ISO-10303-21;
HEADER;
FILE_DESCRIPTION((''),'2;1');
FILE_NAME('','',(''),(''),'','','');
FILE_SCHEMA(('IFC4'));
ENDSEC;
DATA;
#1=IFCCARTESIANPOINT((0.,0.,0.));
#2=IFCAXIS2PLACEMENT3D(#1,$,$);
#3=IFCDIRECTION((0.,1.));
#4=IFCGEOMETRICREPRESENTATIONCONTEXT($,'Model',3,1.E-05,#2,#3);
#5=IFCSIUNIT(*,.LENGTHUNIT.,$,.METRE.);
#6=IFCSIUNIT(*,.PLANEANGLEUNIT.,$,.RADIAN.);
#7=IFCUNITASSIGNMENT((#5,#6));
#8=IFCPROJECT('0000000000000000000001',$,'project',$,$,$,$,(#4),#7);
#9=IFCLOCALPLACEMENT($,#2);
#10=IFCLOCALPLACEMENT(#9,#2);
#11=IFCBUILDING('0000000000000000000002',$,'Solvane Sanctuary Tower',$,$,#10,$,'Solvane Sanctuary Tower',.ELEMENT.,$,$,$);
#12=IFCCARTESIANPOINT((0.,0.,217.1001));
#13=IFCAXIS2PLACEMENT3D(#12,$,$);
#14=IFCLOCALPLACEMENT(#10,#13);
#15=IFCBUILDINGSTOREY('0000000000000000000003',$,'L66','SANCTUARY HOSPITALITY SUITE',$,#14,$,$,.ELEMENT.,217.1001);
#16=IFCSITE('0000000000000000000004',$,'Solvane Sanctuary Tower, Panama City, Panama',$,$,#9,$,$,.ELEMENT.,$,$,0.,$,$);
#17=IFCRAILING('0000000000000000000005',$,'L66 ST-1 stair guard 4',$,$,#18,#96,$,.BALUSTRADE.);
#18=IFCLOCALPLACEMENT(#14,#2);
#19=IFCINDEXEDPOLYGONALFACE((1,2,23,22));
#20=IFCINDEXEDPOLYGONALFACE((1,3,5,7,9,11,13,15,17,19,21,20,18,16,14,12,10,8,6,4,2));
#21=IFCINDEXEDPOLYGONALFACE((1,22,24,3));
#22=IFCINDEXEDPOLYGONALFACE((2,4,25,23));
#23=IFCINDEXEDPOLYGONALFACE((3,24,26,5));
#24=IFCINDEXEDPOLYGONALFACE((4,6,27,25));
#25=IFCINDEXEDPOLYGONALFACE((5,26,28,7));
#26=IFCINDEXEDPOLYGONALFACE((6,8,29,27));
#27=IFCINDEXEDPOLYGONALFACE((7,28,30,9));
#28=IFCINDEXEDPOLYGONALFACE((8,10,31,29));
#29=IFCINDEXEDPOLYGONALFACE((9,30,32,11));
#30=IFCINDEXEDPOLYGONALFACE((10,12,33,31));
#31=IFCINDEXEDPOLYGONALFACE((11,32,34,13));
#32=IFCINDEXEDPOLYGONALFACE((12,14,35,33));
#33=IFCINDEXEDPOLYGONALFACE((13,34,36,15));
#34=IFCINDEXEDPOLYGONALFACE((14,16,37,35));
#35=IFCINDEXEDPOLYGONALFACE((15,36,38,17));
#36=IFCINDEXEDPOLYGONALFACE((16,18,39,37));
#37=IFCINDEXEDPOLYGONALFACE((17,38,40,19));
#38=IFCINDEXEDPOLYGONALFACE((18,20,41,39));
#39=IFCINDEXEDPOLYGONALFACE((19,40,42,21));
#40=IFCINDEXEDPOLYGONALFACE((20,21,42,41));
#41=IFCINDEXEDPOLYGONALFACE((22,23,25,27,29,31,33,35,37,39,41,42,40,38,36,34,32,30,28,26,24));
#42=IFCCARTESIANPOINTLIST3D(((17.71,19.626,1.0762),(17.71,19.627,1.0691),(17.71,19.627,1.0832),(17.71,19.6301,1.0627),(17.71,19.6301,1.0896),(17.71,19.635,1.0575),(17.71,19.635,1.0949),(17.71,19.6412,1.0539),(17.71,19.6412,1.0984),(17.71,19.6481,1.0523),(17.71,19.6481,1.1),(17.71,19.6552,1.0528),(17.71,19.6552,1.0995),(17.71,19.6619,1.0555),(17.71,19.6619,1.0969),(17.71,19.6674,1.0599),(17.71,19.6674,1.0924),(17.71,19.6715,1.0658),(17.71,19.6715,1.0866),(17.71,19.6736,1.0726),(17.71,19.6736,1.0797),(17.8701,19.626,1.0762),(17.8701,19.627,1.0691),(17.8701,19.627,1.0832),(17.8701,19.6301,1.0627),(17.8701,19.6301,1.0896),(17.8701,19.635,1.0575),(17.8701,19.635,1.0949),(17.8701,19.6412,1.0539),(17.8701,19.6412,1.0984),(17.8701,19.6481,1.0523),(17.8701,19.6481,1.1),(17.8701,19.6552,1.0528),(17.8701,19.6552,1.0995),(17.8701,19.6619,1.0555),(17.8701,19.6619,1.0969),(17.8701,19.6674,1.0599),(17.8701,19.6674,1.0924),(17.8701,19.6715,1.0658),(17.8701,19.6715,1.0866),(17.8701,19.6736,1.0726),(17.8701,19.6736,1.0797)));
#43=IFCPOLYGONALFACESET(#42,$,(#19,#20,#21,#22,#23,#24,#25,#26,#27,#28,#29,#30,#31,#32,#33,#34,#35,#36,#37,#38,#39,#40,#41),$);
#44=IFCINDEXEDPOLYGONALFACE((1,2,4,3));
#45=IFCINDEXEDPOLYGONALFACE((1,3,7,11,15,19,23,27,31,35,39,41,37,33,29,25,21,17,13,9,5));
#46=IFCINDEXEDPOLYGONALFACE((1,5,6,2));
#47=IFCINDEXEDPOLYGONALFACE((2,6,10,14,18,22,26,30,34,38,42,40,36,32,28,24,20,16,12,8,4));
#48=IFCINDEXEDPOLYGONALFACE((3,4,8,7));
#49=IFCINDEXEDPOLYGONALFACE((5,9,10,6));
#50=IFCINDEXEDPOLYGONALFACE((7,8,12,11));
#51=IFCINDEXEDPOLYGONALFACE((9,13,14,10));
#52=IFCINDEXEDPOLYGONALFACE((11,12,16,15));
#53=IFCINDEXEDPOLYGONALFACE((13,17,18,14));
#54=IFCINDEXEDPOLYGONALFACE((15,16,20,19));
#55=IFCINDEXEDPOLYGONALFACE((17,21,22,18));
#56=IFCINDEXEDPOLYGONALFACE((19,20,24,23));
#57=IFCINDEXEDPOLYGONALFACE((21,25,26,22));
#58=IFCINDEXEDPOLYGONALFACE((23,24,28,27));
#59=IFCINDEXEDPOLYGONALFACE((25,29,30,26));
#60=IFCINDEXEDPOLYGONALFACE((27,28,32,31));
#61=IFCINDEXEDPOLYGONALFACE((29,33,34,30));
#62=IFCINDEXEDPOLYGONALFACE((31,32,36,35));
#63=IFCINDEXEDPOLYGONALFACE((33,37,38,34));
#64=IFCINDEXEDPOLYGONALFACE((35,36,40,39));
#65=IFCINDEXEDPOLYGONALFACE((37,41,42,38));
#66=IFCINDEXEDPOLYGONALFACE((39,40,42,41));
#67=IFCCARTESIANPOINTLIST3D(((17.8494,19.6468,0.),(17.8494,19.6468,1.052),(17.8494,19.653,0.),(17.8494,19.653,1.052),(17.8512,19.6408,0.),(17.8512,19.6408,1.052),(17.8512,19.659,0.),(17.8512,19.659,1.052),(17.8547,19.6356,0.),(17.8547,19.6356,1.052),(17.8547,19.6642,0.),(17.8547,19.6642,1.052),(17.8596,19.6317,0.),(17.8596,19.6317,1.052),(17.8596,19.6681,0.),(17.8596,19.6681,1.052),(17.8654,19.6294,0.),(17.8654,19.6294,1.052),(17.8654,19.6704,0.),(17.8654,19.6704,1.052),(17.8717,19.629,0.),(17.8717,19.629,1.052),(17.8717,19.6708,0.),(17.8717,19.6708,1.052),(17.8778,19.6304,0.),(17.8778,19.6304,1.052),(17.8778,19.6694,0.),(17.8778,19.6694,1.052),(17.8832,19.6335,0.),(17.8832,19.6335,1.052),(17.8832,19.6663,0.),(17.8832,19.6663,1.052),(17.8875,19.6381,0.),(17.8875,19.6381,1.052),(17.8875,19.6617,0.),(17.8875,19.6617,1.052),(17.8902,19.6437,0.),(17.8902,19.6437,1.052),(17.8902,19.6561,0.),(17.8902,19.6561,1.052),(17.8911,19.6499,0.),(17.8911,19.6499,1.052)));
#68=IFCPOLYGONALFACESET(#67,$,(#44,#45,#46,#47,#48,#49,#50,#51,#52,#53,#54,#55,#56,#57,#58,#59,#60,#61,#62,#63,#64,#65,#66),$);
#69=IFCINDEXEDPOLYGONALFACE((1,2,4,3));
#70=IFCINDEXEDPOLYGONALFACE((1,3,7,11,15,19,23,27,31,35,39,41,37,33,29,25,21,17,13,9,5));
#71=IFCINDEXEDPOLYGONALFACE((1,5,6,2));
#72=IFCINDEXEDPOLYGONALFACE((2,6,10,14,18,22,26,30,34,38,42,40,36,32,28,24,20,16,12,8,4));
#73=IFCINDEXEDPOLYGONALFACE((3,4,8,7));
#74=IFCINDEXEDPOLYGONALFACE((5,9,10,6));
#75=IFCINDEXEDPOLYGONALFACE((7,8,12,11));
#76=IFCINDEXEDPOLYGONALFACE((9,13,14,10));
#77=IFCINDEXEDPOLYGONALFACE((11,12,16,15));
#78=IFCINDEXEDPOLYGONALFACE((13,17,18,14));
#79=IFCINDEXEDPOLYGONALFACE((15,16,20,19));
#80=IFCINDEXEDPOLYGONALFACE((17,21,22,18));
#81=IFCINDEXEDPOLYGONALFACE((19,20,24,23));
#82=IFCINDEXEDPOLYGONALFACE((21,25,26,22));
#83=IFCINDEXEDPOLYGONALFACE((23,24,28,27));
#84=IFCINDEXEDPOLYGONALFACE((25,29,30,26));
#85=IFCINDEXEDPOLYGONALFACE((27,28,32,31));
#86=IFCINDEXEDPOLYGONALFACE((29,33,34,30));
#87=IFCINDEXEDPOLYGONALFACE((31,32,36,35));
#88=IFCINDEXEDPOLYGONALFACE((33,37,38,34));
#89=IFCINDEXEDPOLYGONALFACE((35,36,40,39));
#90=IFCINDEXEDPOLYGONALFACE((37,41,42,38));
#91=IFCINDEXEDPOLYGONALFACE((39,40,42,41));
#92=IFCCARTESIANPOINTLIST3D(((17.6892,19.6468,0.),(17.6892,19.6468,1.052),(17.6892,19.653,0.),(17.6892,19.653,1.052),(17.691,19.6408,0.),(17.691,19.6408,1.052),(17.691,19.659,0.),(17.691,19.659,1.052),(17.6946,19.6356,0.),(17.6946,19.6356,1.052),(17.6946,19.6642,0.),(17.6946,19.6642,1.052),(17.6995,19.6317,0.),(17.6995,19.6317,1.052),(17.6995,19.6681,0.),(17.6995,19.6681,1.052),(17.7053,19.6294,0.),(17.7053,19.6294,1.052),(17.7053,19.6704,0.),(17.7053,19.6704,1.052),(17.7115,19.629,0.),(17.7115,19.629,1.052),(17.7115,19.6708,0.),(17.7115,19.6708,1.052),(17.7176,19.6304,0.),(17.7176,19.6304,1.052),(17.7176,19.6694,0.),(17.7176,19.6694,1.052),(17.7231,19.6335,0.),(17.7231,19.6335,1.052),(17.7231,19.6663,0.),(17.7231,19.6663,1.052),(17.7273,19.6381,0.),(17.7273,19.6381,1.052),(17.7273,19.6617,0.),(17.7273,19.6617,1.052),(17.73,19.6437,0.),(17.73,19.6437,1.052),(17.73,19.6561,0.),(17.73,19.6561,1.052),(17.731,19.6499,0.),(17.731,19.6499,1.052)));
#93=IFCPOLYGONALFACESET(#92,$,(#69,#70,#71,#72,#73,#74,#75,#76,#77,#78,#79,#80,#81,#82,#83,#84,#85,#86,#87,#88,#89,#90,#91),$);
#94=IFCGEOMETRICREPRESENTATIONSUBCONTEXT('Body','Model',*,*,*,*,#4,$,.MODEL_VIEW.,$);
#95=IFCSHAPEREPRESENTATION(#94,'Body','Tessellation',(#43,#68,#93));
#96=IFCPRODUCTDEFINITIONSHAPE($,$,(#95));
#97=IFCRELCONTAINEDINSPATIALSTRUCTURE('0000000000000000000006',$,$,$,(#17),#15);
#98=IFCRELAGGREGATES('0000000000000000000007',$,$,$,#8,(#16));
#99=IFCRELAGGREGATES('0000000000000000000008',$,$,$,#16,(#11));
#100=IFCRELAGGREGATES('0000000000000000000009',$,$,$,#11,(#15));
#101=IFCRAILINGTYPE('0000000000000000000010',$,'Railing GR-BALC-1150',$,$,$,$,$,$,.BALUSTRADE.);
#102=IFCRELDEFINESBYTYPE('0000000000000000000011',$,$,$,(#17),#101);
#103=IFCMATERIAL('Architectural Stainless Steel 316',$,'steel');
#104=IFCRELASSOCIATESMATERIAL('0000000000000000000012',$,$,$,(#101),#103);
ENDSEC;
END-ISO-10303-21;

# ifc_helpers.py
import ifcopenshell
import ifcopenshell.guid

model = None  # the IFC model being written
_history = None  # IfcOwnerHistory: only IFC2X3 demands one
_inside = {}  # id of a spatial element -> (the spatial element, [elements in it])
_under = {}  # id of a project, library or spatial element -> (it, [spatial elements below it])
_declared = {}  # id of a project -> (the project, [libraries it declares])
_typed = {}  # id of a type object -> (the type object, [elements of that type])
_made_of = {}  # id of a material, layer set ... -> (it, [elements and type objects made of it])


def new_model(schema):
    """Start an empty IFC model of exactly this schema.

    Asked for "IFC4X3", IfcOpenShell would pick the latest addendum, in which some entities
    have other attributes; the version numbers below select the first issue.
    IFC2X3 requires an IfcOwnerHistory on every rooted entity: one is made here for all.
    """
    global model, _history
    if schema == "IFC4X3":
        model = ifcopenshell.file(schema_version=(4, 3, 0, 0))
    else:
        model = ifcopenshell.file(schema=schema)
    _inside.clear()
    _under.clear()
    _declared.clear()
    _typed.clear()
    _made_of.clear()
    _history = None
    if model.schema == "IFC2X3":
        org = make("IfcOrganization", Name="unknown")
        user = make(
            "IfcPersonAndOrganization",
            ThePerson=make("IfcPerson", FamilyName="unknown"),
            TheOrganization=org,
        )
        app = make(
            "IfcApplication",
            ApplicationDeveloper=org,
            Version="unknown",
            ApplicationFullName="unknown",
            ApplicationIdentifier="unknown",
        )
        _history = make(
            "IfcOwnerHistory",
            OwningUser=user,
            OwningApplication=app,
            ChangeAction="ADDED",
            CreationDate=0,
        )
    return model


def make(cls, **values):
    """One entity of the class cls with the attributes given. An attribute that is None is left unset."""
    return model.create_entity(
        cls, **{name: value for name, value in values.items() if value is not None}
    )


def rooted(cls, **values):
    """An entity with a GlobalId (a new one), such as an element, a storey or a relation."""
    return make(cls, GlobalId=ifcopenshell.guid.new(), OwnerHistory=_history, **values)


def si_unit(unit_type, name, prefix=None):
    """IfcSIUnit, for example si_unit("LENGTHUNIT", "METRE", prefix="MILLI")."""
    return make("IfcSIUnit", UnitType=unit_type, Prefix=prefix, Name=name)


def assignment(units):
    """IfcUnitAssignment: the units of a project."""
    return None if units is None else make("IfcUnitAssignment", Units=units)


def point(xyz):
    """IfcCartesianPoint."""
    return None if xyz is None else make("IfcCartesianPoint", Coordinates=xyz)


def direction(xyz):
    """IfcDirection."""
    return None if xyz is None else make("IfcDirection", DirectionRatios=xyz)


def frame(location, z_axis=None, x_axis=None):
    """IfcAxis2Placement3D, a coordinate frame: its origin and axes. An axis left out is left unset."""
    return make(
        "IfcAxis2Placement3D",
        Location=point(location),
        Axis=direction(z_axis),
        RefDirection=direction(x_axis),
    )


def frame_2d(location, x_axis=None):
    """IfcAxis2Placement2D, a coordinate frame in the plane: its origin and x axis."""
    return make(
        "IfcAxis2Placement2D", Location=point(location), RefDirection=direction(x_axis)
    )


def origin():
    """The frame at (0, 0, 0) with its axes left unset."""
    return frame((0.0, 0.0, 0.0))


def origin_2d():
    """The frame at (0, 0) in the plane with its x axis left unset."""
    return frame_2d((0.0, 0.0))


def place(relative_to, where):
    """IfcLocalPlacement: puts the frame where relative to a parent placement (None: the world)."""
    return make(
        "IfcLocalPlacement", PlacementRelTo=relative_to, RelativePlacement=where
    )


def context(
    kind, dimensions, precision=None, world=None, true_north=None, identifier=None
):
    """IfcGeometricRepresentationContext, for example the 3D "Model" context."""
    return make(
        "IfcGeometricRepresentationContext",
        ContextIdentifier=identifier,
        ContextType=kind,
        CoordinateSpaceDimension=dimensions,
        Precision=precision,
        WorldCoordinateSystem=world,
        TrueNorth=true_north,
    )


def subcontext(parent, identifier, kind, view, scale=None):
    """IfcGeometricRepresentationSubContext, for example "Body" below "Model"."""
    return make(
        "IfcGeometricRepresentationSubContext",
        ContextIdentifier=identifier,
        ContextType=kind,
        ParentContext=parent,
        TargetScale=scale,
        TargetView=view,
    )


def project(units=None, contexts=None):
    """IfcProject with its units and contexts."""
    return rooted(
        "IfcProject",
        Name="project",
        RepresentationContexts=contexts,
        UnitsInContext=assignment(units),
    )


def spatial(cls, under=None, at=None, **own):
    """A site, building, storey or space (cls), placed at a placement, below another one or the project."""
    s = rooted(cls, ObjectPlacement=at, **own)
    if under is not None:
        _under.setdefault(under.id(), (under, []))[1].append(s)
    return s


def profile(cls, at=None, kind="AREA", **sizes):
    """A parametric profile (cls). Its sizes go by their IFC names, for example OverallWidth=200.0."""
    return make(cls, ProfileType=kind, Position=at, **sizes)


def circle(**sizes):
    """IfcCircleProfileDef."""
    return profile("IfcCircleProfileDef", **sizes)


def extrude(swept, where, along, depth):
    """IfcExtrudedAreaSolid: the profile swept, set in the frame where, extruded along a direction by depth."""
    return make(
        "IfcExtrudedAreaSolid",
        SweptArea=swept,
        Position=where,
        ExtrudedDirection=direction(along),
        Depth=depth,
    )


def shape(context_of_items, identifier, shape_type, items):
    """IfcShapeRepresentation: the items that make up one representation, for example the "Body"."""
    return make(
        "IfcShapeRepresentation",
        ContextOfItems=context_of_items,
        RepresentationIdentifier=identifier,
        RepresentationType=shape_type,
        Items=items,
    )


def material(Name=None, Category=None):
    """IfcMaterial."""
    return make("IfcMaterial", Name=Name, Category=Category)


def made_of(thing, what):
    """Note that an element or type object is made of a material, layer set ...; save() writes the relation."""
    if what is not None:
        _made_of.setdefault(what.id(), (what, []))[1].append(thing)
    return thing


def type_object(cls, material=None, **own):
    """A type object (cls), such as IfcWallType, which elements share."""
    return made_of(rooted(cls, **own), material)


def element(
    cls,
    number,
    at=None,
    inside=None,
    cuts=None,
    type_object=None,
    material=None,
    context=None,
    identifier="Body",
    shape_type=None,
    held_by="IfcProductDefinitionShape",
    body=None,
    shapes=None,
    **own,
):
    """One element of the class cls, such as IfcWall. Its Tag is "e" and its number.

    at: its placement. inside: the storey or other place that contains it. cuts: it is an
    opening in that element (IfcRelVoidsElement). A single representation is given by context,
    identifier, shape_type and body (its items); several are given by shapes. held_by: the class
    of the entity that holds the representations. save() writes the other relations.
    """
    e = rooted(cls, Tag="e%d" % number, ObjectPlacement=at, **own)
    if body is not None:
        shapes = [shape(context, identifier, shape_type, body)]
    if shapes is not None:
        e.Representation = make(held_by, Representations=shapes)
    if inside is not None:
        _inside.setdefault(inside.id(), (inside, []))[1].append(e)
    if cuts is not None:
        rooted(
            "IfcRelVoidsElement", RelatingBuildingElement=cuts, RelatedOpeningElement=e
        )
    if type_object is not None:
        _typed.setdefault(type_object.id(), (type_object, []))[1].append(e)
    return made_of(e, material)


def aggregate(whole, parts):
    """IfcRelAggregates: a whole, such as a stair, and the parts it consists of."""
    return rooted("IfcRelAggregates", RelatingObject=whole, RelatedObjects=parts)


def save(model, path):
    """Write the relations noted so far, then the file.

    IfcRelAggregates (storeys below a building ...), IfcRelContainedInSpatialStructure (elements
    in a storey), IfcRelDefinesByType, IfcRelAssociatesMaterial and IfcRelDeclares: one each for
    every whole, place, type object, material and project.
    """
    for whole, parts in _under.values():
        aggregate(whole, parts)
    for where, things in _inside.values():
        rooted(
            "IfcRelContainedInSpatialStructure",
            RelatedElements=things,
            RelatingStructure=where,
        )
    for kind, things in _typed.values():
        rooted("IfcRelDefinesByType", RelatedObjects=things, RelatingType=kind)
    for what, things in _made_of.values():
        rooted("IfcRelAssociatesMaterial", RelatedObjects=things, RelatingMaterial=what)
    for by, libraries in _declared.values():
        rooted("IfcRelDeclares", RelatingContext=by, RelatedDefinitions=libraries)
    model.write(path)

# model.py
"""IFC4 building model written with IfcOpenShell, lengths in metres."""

from ifc_helpers import new_model, si_unit, direction, frame, origin, origin_2d, place, context, subcontext, project, spatial, circle, extrude, material, type_object, element, save


model = new_model("IFC4")

# Units and contexts
model_context = context("Model", 3, precision=1e-05, world=origin(), true_north=direction((0.0, 1.0)))
body_context = subcontext(model_context, "Body", "Model", "MODEL_VIEW")
ifc_project = project(units=[si_unit("LENGTHUNIT", "METRE"), si_unit("PLANEANGLEUNIT", "RADIAN")], contexts=[model_context])

# Site, building, storey
site_placement = place(None, origin())
site = spatial("IfcSite", under=ifc_project, at=site_placement, Name="Solvane Sanctuary Tower, Panama City, Panama", CompositionType="ELEMENT", RefElevation=0.0)
building_placement = place(site_placement, origin())
building = spatial("IfcBuilding", under=site, at=building_placement, Name="Solvane Sanctuary Tower", LongName="Solvane Sanctuary Tower", CompositionType="ELEMENT")
storey_placement = place(building_placement, frame((0.0, 0.0, 217.1001)))
storey = spatial("IfcBuildingStorey", under=building, at=storey_placement, Name="L66", Description="SANCTUARY HOSPITALITY SUITE", CompositionType="ELEMENT", Elevation=217.1001)

# Shared definitions
ifc_material_1 = material(Name="Architectural Stainless Steel 316", Category="steel")

# Railing
railing_type_1 = type_object("IfcRailingType", Name="Railing GR-BALC-1150", PredefinedType="BALUSTRADE", material=ifc_material_1)
railing_1_placement = place(storey_placement, frame((17.8701, 19.6499, 0.0)))
element("IfcRailing", 1, at=railing_1_placement, inside=storey, type_object=railing_type_1, Name="L66 ST-1 stair guard 4", PredefinedType="BALUSTRADE", context=body_context, shape_type="SweptSolid", body=[
    extrude(circle(Radius=0.0239, at=origin_2d()), frame((0.0, 0.0, 1.0762), z_axis=(-1.0, 0.0, 0.0), x_axis=(0.0, -1.0, 0.0)), (0.0, 0.0, 1.0), 0.1602),
    extrude(circle(Radius=0.021, at=origin_2d()), origin(), (0.0, 0.0, 1.0), 1.052),
    extrude(circle(Radius=0.021, at=origin_2d()), frame((-0.1602, 0.0, 0.0)), (0.0, 0.0, 1.0), 1.052),
])

save(model, "model.ifc")
